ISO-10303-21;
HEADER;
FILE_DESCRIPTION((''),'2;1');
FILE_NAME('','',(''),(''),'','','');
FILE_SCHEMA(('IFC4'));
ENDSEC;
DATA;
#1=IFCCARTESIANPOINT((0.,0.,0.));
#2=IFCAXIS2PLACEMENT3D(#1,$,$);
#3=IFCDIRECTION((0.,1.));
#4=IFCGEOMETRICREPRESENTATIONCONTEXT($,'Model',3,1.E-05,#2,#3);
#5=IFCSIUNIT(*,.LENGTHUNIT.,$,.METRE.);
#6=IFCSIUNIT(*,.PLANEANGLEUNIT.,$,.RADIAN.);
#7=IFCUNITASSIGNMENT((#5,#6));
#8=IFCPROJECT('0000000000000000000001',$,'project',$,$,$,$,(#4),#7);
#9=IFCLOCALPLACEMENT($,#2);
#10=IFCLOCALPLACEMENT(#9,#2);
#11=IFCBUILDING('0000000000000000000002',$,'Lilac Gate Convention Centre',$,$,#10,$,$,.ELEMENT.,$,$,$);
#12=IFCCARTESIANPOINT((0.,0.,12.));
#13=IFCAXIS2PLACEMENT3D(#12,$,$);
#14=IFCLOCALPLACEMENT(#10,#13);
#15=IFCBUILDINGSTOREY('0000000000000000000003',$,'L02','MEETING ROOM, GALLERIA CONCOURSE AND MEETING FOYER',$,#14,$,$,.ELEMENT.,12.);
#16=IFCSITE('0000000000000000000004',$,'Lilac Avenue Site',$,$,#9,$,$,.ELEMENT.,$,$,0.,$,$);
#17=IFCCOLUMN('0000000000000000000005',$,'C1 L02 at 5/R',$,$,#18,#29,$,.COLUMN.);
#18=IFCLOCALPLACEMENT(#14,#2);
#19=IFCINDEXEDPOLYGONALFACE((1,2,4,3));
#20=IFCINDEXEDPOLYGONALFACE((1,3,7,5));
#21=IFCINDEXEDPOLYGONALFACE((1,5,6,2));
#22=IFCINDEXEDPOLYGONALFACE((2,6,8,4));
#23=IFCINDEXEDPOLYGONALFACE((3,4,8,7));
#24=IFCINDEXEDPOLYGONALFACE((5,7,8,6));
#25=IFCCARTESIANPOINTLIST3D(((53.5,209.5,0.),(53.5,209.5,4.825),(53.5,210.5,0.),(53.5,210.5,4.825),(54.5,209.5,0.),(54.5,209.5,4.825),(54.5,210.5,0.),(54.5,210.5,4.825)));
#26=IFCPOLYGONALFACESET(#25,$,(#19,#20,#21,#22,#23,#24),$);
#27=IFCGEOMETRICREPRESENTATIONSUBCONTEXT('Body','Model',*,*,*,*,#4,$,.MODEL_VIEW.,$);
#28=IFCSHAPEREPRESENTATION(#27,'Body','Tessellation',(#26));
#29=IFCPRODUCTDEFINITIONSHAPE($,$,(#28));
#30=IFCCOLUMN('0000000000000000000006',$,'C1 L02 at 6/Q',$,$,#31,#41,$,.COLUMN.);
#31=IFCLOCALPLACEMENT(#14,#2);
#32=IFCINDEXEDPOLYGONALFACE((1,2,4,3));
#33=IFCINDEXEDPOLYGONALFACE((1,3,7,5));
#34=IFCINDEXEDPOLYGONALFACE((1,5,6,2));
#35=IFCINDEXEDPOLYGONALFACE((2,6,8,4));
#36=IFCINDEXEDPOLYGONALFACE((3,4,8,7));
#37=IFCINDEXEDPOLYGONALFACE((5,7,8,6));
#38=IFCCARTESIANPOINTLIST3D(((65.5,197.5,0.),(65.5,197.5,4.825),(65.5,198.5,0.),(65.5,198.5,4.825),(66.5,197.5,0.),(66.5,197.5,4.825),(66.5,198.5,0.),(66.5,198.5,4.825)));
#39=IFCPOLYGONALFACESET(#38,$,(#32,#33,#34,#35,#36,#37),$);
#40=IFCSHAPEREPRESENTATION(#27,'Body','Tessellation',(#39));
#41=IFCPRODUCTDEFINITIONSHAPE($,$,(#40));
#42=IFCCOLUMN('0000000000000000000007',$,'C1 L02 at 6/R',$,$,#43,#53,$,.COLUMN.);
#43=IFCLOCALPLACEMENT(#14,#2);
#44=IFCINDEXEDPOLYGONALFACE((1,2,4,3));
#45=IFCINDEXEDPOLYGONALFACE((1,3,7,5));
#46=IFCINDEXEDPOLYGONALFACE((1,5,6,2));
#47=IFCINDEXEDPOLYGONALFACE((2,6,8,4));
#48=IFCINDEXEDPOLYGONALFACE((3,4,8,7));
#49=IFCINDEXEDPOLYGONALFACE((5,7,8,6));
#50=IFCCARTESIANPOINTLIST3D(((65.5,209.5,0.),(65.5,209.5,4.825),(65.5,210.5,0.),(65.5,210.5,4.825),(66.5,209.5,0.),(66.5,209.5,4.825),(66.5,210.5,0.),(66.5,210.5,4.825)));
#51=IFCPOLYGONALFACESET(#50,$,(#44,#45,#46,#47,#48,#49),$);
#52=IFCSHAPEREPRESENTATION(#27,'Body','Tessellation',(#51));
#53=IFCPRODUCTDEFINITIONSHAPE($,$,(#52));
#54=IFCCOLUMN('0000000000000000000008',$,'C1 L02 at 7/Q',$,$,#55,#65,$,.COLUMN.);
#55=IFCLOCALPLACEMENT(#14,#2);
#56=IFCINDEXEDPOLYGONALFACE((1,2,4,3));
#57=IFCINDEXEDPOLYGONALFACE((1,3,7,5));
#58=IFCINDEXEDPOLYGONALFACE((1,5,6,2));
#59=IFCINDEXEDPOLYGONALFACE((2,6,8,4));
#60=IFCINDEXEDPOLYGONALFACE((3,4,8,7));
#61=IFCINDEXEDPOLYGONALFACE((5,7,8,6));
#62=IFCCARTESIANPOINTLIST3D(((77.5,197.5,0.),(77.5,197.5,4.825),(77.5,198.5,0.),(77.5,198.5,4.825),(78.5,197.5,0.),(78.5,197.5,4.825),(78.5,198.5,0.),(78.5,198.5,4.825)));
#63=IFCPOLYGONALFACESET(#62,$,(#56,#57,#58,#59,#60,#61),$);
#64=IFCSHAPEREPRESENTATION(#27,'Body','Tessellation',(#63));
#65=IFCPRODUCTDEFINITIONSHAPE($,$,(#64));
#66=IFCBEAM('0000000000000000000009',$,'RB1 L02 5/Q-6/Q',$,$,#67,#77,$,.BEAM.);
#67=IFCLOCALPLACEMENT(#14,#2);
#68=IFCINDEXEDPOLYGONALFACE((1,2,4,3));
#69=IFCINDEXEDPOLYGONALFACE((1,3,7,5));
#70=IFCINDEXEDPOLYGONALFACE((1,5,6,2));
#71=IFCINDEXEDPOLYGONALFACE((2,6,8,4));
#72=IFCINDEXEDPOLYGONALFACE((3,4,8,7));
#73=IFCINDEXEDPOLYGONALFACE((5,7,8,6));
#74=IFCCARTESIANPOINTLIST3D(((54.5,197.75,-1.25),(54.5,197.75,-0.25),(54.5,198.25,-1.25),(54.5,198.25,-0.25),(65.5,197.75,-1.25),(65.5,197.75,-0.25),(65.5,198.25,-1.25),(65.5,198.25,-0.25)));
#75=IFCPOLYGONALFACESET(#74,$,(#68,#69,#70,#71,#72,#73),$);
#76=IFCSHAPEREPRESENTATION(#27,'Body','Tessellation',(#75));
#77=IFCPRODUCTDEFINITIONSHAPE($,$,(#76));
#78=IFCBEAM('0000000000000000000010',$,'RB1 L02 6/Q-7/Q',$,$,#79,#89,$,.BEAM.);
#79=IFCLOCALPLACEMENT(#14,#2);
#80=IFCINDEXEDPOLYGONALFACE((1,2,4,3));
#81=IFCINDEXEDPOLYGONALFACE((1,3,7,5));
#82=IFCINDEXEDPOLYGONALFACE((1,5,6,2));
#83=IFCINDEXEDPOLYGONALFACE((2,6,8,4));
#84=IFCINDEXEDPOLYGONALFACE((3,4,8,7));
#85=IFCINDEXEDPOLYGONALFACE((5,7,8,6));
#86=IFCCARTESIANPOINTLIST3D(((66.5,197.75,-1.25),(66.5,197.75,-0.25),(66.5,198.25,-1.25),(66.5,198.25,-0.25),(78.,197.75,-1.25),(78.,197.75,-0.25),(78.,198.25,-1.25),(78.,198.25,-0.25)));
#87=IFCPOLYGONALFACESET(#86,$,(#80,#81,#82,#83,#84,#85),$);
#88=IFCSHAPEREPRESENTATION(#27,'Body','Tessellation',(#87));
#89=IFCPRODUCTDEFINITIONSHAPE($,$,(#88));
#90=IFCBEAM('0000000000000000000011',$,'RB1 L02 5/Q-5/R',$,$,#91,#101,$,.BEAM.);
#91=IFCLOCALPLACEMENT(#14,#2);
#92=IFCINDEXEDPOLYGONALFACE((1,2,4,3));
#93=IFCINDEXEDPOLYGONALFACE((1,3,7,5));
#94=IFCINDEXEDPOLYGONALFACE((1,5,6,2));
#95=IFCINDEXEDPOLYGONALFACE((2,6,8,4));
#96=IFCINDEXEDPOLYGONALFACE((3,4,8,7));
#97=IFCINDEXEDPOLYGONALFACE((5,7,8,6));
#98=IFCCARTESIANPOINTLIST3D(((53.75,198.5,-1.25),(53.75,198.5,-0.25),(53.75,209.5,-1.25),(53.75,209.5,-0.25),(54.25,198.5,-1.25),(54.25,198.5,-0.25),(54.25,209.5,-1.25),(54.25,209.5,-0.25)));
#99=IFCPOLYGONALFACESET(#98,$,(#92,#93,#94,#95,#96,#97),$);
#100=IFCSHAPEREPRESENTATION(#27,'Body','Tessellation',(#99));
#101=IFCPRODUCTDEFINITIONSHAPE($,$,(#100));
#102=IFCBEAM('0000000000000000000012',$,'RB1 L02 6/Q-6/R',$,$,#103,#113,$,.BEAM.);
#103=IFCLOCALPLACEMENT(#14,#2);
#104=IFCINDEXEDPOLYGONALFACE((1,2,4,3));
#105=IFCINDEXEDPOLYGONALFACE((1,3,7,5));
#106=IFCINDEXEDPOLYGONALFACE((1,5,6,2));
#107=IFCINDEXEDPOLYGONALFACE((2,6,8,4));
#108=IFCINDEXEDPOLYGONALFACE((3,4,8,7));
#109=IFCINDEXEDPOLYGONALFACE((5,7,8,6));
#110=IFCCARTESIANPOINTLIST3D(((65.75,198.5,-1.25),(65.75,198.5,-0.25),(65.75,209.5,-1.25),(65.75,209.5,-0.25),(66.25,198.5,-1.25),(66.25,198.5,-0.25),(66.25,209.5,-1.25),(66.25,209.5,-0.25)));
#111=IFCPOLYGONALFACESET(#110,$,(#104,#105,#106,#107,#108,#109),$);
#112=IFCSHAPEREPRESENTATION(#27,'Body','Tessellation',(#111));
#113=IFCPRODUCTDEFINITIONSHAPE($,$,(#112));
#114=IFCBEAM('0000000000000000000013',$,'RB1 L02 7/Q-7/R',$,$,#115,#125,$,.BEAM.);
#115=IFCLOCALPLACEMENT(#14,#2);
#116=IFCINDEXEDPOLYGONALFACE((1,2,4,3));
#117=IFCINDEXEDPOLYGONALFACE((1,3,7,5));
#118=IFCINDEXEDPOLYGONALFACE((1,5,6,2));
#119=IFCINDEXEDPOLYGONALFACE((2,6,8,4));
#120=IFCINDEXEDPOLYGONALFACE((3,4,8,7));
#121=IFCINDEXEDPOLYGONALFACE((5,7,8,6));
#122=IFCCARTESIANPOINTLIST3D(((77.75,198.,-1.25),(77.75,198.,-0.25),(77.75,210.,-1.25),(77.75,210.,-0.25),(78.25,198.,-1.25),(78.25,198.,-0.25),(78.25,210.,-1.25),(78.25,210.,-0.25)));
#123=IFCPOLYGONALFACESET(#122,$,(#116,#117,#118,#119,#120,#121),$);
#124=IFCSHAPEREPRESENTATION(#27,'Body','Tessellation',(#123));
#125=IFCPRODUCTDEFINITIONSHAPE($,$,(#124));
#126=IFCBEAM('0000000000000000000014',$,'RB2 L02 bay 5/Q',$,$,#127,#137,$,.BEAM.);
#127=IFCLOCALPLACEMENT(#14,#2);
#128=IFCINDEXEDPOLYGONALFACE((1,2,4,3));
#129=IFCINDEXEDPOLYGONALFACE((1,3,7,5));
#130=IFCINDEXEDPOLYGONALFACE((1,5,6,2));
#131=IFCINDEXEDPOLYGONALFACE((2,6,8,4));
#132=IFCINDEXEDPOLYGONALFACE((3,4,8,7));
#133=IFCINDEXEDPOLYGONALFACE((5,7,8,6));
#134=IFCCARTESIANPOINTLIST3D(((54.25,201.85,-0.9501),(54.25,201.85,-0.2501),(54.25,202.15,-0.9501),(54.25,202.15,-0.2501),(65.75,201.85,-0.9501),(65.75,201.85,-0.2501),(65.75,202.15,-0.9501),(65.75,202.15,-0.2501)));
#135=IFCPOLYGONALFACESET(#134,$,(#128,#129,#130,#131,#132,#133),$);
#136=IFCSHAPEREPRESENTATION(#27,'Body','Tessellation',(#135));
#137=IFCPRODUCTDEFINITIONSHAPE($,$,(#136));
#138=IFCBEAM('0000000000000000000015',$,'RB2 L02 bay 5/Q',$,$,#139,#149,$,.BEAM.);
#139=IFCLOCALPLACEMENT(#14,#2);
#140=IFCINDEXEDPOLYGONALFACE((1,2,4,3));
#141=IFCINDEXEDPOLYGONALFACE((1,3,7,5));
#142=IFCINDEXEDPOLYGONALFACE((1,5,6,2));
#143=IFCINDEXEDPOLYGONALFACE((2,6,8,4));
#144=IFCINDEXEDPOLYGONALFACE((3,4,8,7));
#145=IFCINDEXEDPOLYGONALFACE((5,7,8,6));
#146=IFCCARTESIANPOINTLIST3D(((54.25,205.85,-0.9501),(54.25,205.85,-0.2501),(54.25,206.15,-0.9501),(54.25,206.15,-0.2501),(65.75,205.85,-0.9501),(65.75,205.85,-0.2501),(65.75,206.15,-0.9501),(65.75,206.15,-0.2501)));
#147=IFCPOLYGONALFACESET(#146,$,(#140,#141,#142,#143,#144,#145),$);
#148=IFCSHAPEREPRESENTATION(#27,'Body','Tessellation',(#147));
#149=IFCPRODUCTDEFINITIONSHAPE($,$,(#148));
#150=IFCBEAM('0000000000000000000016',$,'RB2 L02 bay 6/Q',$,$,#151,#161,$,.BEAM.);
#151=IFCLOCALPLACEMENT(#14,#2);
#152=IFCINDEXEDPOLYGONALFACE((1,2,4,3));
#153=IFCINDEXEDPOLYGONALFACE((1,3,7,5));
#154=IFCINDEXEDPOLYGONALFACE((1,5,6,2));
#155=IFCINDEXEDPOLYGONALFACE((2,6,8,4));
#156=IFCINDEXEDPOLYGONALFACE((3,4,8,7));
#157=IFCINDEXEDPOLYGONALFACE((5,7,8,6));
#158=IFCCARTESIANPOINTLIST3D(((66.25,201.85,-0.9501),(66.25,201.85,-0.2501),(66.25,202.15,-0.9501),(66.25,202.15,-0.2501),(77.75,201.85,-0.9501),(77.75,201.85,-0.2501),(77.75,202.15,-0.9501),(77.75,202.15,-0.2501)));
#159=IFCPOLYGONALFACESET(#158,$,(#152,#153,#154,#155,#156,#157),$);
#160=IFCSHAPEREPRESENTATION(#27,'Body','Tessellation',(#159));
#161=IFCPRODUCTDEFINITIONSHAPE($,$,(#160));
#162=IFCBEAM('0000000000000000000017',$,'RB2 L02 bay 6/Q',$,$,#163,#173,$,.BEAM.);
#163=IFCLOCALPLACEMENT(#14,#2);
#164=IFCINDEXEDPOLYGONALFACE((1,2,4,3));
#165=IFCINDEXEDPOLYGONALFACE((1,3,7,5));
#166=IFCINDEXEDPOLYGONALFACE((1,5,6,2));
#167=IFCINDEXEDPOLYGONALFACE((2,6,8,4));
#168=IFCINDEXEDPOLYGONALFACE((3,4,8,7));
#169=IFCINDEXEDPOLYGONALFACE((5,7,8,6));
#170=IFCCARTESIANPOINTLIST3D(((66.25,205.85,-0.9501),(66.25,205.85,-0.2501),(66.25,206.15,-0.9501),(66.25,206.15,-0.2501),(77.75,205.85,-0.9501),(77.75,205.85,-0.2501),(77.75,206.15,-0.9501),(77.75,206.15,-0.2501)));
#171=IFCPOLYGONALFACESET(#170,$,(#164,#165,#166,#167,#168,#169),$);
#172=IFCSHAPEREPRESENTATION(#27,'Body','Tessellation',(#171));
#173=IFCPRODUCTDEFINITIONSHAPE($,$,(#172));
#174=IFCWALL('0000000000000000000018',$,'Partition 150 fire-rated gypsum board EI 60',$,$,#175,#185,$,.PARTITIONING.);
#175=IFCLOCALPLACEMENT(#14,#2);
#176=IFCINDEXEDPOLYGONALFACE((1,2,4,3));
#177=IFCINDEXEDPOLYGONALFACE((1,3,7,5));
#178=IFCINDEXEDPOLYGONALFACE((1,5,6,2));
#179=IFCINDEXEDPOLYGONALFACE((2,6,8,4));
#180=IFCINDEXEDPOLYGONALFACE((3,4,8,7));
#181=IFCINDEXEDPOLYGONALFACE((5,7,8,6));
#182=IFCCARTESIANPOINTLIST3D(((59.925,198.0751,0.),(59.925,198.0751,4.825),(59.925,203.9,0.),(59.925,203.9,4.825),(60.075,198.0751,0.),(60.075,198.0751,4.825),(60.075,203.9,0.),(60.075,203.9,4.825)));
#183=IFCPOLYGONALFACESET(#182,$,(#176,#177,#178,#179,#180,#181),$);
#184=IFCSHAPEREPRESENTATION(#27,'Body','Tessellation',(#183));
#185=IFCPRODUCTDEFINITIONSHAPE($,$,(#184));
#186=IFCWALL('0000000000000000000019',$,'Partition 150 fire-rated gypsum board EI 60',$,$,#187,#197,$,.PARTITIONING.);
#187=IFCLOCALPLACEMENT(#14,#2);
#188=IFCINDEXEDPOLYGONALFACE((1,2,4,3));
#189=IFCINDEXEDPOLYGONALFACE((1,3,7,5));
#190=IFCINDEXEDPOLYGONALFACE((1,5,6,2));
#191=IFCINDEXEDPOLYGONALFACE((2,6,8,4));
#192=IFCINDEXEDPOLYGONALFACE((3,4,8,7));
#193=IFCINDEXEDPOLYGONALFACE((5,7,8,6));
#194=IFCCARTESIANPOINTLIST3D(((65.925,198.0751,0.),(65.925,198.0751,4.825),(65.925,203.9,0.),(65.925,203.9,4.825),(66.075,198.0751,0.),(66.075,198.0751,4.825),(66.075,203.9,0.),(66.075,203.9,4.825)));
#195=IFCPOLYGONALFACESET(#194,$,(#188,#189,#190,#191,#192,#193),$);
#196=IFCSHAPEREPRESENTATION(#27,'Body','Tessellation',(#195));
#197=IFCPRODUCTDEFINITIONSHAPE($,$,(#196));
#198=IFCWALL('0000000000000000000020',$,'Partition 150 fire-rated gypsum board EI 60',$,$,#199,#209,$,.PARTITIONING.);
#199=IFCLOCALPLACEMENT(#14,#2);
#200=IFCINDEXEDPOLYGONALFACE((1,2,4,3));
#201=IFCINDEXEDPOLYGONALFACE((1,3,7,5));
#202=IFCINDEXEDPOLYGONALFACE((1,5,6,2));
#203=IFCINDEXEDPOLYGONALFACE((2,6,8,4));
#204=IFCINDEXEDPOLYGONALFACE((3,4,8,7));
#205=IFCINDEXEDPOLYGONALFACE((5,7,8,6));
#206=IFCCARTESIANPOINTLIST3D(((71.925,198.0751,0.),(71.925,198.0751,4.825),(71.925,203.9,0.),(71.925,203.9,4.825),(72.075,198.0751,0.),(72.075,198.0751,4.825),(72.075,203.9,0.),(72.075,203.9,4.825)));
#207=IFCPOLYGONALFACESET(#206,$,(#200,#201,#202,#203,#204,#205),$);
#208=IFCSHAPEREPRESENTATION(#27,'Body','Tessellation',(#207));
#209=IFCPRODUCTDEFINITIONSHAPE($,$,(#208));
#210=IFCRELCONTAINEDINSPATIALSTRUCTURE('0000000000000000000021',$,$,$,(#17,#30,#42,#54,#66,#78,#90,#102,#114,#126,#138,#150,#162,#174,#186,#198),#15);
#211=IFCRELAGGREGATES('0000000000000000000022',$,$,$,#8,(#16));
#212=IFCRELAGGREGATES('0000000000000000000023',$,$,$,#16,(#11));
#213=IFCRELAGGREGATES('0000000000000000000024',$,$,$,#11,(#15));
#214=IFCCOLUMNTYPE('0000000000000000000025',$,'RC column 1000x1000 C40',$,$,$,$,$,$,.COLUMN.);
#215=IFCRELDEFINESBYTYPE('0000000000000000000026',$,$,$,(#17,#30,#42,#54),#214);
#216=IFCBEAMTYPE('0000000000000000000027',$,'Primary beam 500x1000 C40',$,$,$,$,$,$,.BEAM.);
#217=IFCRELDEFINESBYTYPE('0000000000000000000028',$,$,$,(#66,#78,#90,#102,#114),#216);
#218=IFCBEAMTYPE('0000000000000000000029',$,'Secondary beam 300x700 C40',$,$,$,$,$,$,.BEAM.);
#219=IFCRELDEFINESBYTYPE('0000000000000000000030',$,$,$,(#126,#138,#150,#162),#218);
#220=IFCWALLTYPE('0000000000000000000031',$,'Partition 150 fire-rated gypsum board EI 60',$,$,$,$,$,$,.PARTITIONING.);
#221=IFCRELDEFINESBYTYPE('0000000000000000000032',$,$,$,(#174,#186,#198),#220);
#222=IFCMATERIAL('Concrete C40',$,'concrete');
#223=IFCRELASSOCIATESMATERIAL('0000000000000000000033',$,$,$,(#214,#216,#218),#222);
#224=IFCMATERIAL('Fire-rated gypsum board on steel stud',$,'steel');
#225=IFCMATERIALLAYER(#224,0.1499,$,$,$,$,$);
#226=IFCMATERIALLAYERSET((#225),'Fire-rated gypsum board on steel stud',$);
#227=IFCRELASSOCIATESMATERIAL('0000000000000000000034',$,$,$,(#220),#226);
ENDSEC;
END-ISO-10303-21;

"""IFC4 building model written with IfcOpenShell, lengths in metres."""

from ifc_helpers import new_model, si_unit, direction, frame, frame_2d, origin, origin_2d, place, context, subcontext, project, spatial, rectangle, extrude, material, layer, layer_set, material_profile, profile_set, type_object, element, save


model = new_model("IFC4")

# Units and contexts
model_context = context("Model", 3, precision=1e-05, world=origin(), true_north=direction((0.0, 1.0)))
body_context = subcontext(model_context, "Body", "Model", "MODEL_VIEW")
ifc_project = project(units=[si_unit("LENGTHUNIT", "METRE"), si_unit("PLANEANGLEUNIT", "RADIAN")], contexts=[model_context])

# Site, building, storey
site_placement = place(None, origin())
site = spatial("IfcSite", under=ifc_project, at=site_placement, Name="Lilac Avenue Site", CompositionType="ELEMENT", RefElevation=0.0)
building_placement = place(site_placement, origin())
building = spatial("IfcBuilding", under=site, at=building_placement, Name="Lilac Gate Convention Centre", CompositionType="ELEMENT")
storey_placement = place(building_placement, frame((0.0, 0.0, 12.0)))
storey = spatial("IfcBuildingStorey", under=building, at=storey_placement, Name="L02", Description="MEETING ROOM, GALLERIA CONCOURSE AND MEETING FOYER", CompositionType="ELEMENT", Elevation=12.0)

# Columns
ifc_material_1 = material(Name="Concrete C40", Category="concrete")
ifc_material_profile_1 = material_profile(ifc_material_1, rectangle(XDim=1.0, YDim=1.0, at=origin_2d()), Name="RC 1000x1000")
ifc_profile_set_1 = profile_set([ifc_material_profile_1], Name="Concrete C40")
column_type = type_object("IfcColumnType", Name="RC column 1000x1000 C40", PredefinedType="COLUMN", material=ifc_profile_set_1)
for number, where, z_axis, x_axis, name in (
    (1, (54.0, 210.0, 0.0), (0.0, 0.0, 1.0), (1.0, 0.0, 0.0), "C1 L02 at 5/R"),
    (2, (66.0, 198.0, 0.0), (0.0, 0.0, 1.0), (1.0, 0.0, 0.0), "C1 L02 at 6/Q"),
    (3, (66.0, 210.0, 0.0), (0.0, 0.0, 1.0), (1.0, 0.0, 0.0), "C1 L02 at 6/R"),
    (4, (78.0, 198.0, 0.0), (0.0, 0.0, 1.0), (1.0, 0.0, 0.0), "C1 L02 at 7/Q"),
):
    element("IfcColumn", number, at=place(storey_placement, frame(where, z_axis=z_axis, x_axis=x_axis)), inside=storey, type_object=column_type, Name=name, PredefinedType="COLUMN", context=body_context, shape_type="SweptSolid", body=[
        extrude(rectangle(XDim=1.0, YDim=1.0, at=origin_2d()), origin(), (0.0, 0.0, 1.0), 4.825),
    ])

# Beams
ifc_material_profile_2 = material_profile(ifc_material_1, rectangle(XDim=0.5, YDim=1.0, at=origin_2d()), Name="RC 500x1000")
ifc_profile_set_2 = profile_set([ifc_material_profile_2], Name="Concrete C40")
beam_type_1 = type_object("IfcBeamType", Name="Primary beam 500x1000 C40", PredefinedType="BEAM", material=ifc_profile_set_2)
beam_1_placement = place(storey_placement, frame((54.5, 198.0, -0.75), z_axis=(1.0, 0.0, 0.0), x_axis=(0.0, 1.0, 0.0)))
element("IfcBeam", 5, at=beam_1_placement, inside=storey, type_object=beam_type_1, Name="RB1 L02 5/Q-6/Q", PredefinedType="BEAM", context=body_context, shape_type="SweptSolid", body=[
    extrude(rectangle(XDim=0.5, YDim=1.0, at=origin_2d()), origin(), (0.0, 0.0, 1.0), 11.0),
])
beam_2_placement = place(storey_placement, frame((66.5, 198.0, -0.75), z_axis=(1.0, 0.0, 0.0), x_axis=(0.0, 1.0, 0.0)))
element("IfcBeam", 6, at=beam_2_placement, inside=storey, type_object=beam_type_1, Name="RB1 L02 6/Q-7/Q", PredefinedType="BEAM", context=body_context, shape_type="SweptSolid", body=[
    extrude(rectangle(XDim=0.5, YDim=1.0, at=origin_2d()), origin(), (0.0, 0.0, 1.0), 11.5),
])
for number, where, z_axis, x_axis, name in (
    (7, (54.0, 198.5, -0.75), (0.0, 1.0, 0.0), (-1.0, 0.0, 0.0), "RB1 L02 5/Q-5/R"),
    (8, (66.0, 198.5, -0.75), (0.0, 1.0, 0.0), (-1.0, 0.0, 0.0), "RB1 L02 6/Q-6/R"),
):
    element("IfcBeam", number, at=place(storey_placement, frame(where, z_axis=z_axis, x_axis=x_axis)), inside=storey, type_object=beam_type_1, Name=name, PredefinedType="BEAM", context=body_context, shape_type="SweptSolid", body=[
        extrude(rectangle(XDim=0.5, YDim=1.0, at=origin_2d()), origin(), (0.0, 0.0, 1.0), 11.0),
    ])
beam_3_placement = place(storey_placement, frame((78.0, 198.0, -0.75), z_axis=(0.0, 1.0, 0.0), x_axis=(-1.0, 0.0, 0.0)))
element("IfcBeam", 9, at=beam_3_placement, inside=storey, type_object=beam_type_1, Name="RB1 L02 7/Q-7/R", PredefinedType="BEAM", context=body_context, shape_type="SweptSolid", body=[
    extrude(rectangle(XDim=0.5, YDim=1.0, at=origin_2d()), origin(), (0.0, 0.0, 1.0), 12.0),
])
ifc_material_profile_3 = material_profile(ifc_material_1, rectangle(XDim=0.3, YDim=0.7, at=origin_2d()), Name="RC 300x700")
ifc_profile_set_3 = profile_set([ifc_material_profile_3], Name="Concrete C40")
beam_type_2 = type_object("IfcBeamType", Name="Secondary beam 300x700 C40", PredefinedType="BEAM", material=ifc_profile_set_3)
for number, where, z_axis, x_axis, name in (
    (10, (54.25, 202.0, -0.6001), (1.0, 0.0, 0.0), (0.0, 1.0, 0.0), "RB2 L02 bay 5/Q"),
    (11, (54.25, 206.0, -0.6001), (1.0, 0.0, 0.0), (0.0, 1.0, 0.0), "RB2 L02 bay 5/Q"),
    (12, (66.25, 202.0, -0.6001), (1.0, 0.0, 0.0), (0.0, 1.0, 0.0), "RB2 L02 bay 6/Q"),
    (13, (66.25, 206.0, -0.6001), (1.0, 0.0, 0.0), (0.0, 1.0, 0.0), "RB2 L02 bay 6/Q"),
):
    element("IfcBeam", number, at=place(storey_placement, frame(where, z_axis=z_axis, x_axis=x_axis)), inside=storey, type_object=beam_type_2, Name=name, PredefinedType="BEAM", context=body_context, shape_type="SweptSolid", body=[
        extrude(rectangle(XDim=0.3, YDim=0.7, at=origin_2d()), origin(), (0.0, 0.0, 1.0), 11.5),
    ])

# Walls
ifc_material_2 = material(Name="Fire-rated gypsum board on steel stud", Category="steel")
ifc_layer_1 = layer(ifc_material_2, 0.1499)
ifc_layer_set_1 = layer_set([ifc_layer_1], Name="Fire-rated gypsum board on steel stud")
wall_type_1 = type_object("IfcWallType", Name="Partition 150 fire-rated gypsum board EI 60", PredefinedType="PARTITIONING", material=ifc_layer_set_1)
for number, where, z_axis, x_axis, name in (
    (14, (60.0, 198.075, 0.0), (0.0, 0.0, 1.0), (0.0, 1.0, 0.0), "Partition 150 fire-rated gypsum board EI 60"),
    (15, (66.0, 198.075, 0.0), (0.0, 0.0, 1.0), (0.0, 1.0, 0.0), "Partition 150 fire-rated gypsum board EI 60"),
    (16, (72.0, 198.075, 0.0), (0.0, 0.0, 1.0), (0.0, 1.0, 0.0), "Partition 150 fire-rated gypsum board EI 60"),
):
    element("IfcWall", number, at=place(storey_placement, frame(where, z_axis=z_axis, x_axis=x_axis)), inside=storey, type_object=wall_type_1, Name=name, PredefinedType="PARTITIONING", context=body_context, shape_type="SweptSolid", body=[
        extrude(rectangle(XDim=5.825, YDim=0.1499, at=frame_2d((2.9126, 0.0))), origin(), (0.0, 0.0, 1.0), 4.825),
    ])

save(model, "model.ifc")
